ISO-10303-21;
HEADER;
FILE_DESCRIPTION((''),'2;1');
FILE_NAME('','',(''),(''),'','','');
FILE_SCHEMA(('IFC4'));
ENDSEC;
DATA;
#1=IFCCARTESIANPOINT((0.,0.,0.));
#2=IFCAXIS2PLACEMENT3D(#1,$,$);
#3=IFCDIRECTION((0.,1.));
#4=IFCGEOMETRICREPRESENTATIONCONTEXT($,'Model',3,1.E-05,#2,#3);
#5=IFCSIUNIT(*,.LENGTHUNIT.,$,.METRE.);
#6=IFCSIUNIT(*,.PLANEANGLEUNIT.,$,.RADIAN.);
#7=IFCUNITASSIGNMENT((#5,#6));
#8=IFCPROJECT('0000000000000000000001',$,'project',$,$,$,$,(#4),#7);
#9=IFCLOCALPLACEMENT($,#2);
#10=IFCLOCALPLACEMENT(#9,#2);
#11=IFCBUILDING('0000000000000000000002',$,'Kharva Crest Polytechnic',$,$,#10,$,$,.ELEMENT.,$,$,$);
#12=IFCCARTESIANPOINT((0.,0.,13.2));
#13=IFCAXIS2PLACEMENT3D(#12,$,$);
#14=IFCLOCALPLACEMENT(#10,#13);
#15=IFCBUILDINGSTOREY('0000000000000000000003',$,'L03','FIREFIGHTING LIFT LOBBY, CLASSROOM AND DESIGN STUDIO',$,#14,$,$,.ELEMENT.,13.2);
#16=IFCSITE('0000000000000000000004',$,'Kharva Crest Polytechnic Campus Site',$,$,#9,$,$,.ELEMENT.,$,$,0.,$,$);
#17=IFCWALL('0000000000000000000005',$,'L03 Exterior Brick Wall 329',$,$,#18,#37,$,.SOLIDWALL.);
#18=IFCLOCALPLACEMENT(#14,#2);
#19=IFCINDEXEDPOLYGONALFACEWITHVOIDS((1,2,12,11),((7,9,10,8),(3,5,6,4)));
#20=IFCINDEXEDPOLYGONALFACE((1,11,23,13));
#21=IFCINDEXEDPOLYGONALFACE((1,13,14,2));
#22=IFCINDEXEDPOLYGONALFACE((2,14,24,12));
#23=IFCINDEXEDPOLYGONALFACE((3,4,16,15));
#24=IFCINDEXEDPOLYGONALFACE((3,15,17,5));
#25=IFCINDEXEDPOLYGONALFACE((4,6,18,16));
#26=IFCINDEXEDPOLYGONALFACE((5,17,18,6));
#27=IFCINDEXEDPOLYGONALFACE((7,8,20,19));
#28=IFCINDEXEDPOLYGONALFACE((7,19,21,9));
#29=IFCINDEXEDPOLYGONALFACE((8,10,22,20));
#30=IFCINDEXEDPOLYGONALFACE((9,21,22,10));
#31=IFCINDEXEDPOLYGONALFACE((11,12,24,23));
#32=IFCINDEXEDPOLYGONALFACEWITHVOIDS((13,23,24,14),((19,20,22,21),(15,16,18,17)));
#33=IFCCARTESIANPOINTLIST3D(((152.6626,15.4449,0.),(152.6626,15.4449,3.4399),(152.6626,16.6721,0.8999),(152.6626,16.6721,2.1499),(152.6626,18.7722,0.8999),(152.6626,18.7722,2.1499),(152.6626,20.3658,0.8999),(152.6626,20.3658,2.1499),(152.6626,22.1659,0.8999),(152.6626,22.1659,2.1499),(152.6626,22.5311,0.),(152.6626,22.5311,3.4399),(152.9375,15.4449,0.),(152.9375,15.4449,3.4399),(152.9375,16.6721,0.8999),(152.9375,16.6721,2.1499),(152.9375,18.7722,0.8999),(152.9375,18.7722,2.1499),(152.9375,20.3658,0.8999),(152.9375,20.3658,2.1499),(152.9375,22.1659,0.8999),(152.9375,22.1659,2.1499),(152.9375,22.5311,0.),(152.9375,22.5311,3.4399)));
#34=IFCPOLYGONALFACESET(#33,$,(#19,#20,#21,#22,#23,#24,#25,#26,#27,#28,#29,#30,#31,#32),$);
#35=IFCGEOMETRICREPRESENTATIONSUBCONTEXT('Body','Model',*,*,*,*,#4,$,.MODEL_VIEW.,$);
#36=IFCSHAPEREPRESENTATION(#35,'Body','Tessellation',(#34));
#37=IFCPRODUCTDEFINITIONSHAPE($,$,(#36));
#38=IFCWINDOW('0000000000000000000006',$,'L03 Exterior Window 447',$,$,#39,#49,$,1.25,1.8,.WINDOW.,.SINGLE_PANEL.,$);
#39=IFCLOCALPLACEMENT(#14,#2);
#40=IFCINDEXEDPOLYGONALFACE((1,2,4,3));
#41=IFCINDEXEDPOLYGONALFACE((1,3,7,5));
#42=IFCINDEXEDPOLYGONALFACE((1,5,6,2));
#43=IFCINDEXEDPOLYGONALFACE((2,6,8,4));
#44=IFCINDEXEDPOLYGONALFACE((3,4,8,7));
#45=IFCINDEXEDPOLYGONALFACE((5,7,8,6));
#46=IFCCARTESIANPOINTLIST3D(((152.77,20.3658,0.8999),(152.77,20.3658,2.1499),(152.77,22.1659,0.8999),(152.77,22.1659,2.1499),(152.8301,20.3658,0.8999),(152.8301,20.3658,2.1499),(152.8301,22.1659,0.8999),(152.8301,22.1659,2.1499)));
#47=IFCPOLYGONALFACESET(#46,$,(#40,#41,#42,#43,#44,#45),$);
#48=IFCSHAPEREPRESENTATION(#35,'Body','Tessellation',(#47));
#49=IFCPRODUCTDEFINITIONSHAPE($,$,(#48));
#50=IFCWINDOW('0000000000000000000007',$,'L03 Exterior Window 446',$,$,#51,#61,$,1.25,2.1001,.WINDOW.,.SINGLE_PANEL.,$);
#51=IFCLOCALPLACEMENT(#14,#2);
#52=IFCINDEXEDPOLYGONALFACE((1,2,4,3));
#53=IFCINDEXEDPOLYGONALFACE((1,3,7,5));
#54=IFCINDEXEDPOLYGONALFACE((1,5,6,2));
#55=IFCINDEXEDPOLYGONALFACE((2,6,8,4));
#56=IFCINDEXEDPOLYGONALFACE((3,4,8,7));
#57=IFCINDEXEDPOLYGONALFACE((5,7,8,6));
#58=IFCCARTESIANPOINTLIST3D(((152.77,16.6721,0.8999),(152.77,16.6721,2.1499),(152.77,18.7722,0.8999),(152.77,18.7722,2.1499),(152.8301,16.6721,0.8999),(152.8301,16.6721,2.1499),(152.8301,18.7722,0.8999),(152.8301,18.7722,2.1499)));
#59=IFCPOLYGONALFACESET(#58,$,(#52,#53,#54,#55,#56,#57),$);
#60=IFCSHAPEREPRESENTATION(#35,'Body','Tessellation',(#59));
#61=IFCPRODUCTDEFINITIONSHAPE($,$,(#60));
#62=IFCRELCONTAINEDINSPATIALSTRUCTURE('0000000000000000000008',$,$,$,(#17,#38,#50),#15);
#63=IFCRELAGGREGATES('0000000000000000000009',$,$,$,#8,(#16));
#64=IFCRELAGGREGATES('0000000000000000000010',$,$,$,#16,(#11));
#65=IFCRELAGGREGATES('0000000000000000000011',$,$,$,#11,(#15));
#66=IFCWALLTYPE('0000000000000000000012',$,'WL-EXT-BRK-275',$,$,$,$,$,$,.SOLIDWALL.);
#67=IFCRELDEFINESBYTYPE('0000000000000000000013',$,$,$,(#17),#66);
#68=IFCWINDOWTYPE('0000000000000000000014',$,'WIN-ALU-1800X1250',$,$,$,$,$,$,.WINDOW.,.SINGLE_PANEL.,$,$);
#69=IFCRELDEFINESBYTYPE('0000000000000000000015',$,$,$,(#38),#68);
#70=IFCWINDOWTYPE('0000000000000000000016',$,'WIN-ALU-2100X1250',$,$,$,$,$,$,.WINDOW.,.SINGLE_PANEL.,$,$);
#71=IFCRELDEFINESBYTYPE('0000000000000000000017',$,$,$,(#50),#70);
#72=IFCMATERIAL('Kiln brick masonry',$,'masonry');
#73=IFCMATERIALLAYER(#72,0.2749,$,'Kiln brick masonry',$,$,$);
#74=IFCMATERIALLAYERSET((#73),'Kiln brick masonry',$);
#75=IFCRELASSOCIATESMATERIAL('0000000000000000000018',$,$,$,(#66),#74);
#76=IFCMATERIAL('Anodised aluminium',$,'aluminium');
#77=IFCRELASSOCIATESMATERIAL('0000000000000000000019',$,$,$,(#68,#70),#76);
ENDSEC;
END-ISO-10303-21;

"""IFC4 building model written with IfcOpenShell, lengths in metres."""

from ifc_helpers import new_model, si_unit, direction, frame, frame_2d, origin, place, context, subcontext, project, spatial, rectangle, extrude, material, layer, layer_set, type_object, element, fill, save


model = new_model("IFC4")

# Units and contexts
model_context = context("Model", 3, precision=1e-05, world=origin(), true_north=direction((0.0, 1.0)))
body_context = subcontext(model_context, "Body", "Model", "MODEL_VIEW")
ifc_project = project(units=[si_unit("LENGTHUNIT", "METRE"), si_unit("PLANEANGLEUNIT", "RADIAN")], contexts=[model_context])

# Site, building, storey
site_placement = place(None, origin())
site = spatial("IfcSite", under=ifc_project, at=site_placement, Name="Kharva Crest Polytechnic Campus Site", CompositionType="ELEMENT", RefElevation=0.0)
building_placement = place(site_placement, origin())
building = spatial("IfcBuilding", under=site, at=building_placement, Name="Kharva Crest Polytechnic", CompositionType="ELEMENT")
storey_placement = place(building_placement, frame((0.0, 0.0, 13.2)))
storey = spatial("IfcBuildingStorey", under=building, at=storey_placement, Name="L03", Description="FIREFIGHTING LIFT LOBBY, CLASSROOM AND DESIGN STUDIO", CompositionType="ELEMENT", Elevation=13.2)

# Wall, openings, windows
ifc_material_1 = material(Name="Kiln brick masonry", Category="masonry")
ifc_layer_1 = layer(ifc_material_1, 0.2749, Name="Kiln brick masonry")
ifc_layer_set_1 = layer_set([ifc_layer_1], Name="Kiln brick masonry")
wall_type = type_object("IfcWallType", Name="WL-EXT-BRK-275", PredefinedType="SOLIDWALL", material=ifc_layer_set_1)
wall_placement = place(storey_placement, frame((152.8, 15.4451, 0.0), z_axis=(0.0, 0.0, 1.0), x_axis=(0.0, 1.0, 0.0)))
wall = element("IfcWall", 1, at=wall_placement, inside=storey, type_object=wall_type, Name="L03 Exterior Brick Wall 329", PredefinedType="SOLIDWALL", context=body_context, shape_type="SweptSolid", body=[
    extrude(rectangle(XDim=7.0862, YDim=0.2749, at=frame_2d((3.543, 0.0))), origin(), (0.0, 0.0, 1.0), 3.4399),
])
opening_1_placement = place(wall_placement, frame((1.2271, 0.0, 0.8999)))
opening_1 = element("IfcOpeningElement", 2, at=opening_1_placement, cuts=wall, PredefinedType="OPENING", context=body_context, shape_type="SweptSolid", body=[
    extrude(rectangle(XDim=2.1001, YDim=1.25, at=frame_2d((1.05, 0.625))), frame((0.0, 0.1475, 0.0), z_axis=(0.0, -1.0, 0.0), x_axis=(1.0, 0.0, 0.0)), (0.0, 0.0, 1.0), 0.2949),
])
opening_2_placement = place(wall_placement, frame((4.9209, 0.0, 0.8999)))
opening_2 = element("IfcOpeningElement", 3, at=opening_2_placement, cuts=wall, PredefinedType="OPENING", context=body_context, shape_type="SweptSolid", body=[
    extrude(rectangle(XDim=1.8, YDim=1.25, at=frame_2d((0.8999, 0.625))), frame((0.0, 0.1475, 0.0), z_axis=(0.0, -1.0, 0.0), x_axis=(1.0, 0.0, 0.0)), (0.0, 0.0, 1.0), 0.2949),
])
ifc_material_2 = material(Name="Anodised aluminium", Category="aluminium")
window_type_1 = type_object("IfcWindowType", Name="WIN-ALU-1800X1250", PartitioningType="SINGLE_PANEL", PredefinedType="WINDOW", material=ifc_material_2)
window_1_placement = place(opening_2_placement, origin())
window_1 = element("IfcWindow", 4, at=window_1_placement, inside=storey, type_object=window_type_1, Name="L03 Exterior Window 447", OverallHeight=1.25, OverallWidth=1.8, PartitioningType="SINGLE_PANEL", PredefinedType="WINDOW", context=body_context, shape_type="SweptSolid", body=[
    extrude(rectangle(XDim=1.8, YDim=1.25, at=frame_2d((0.8999, 0.625))), frame((0.0, 0.03, 0.0), z_axis=(0.0, -1.0, 0.0), x_axis=(1.0, 0.0, 0.0)), (0.0, 0.0, 1.0), 0.0601),
])
fill(opening_2, window_1)
window_type_2 = type_object("IfcWindowType", Name="WIN-ALU-2100X1250", PartitioningType="SINGLE_PANEL", PredefinedType="WINDOW", material=ifc_material_2)
window_2_placement = place(opening_1_placement, origin())
window_2 = element("IfcWindow", 5, at=window_2_placement, inside=storey, type_object=window_type_2, Name="L03 Exterior Window 446", OverallHeight=1.25, OverallWidth=2.1001, PartitioningType="SINGLE_PANEL", PredefinedType="WINDOW", context=body_context, shape_type="SweptSolid", body=[
    extrude(rectangle(XDim=2.1001, YDim=1.25, at=frame_2d((1.05, 0.625))), frame((0.0, 0.03, 0.0), z_axis=(0.0, -1.0, 0.0), x_axis=(1.0, 0.0, 0.0)), (0.0, 0.0, 1.0), 0.0601),
])
fill(opening_1, window_2)

save(model, "model.ifc")
